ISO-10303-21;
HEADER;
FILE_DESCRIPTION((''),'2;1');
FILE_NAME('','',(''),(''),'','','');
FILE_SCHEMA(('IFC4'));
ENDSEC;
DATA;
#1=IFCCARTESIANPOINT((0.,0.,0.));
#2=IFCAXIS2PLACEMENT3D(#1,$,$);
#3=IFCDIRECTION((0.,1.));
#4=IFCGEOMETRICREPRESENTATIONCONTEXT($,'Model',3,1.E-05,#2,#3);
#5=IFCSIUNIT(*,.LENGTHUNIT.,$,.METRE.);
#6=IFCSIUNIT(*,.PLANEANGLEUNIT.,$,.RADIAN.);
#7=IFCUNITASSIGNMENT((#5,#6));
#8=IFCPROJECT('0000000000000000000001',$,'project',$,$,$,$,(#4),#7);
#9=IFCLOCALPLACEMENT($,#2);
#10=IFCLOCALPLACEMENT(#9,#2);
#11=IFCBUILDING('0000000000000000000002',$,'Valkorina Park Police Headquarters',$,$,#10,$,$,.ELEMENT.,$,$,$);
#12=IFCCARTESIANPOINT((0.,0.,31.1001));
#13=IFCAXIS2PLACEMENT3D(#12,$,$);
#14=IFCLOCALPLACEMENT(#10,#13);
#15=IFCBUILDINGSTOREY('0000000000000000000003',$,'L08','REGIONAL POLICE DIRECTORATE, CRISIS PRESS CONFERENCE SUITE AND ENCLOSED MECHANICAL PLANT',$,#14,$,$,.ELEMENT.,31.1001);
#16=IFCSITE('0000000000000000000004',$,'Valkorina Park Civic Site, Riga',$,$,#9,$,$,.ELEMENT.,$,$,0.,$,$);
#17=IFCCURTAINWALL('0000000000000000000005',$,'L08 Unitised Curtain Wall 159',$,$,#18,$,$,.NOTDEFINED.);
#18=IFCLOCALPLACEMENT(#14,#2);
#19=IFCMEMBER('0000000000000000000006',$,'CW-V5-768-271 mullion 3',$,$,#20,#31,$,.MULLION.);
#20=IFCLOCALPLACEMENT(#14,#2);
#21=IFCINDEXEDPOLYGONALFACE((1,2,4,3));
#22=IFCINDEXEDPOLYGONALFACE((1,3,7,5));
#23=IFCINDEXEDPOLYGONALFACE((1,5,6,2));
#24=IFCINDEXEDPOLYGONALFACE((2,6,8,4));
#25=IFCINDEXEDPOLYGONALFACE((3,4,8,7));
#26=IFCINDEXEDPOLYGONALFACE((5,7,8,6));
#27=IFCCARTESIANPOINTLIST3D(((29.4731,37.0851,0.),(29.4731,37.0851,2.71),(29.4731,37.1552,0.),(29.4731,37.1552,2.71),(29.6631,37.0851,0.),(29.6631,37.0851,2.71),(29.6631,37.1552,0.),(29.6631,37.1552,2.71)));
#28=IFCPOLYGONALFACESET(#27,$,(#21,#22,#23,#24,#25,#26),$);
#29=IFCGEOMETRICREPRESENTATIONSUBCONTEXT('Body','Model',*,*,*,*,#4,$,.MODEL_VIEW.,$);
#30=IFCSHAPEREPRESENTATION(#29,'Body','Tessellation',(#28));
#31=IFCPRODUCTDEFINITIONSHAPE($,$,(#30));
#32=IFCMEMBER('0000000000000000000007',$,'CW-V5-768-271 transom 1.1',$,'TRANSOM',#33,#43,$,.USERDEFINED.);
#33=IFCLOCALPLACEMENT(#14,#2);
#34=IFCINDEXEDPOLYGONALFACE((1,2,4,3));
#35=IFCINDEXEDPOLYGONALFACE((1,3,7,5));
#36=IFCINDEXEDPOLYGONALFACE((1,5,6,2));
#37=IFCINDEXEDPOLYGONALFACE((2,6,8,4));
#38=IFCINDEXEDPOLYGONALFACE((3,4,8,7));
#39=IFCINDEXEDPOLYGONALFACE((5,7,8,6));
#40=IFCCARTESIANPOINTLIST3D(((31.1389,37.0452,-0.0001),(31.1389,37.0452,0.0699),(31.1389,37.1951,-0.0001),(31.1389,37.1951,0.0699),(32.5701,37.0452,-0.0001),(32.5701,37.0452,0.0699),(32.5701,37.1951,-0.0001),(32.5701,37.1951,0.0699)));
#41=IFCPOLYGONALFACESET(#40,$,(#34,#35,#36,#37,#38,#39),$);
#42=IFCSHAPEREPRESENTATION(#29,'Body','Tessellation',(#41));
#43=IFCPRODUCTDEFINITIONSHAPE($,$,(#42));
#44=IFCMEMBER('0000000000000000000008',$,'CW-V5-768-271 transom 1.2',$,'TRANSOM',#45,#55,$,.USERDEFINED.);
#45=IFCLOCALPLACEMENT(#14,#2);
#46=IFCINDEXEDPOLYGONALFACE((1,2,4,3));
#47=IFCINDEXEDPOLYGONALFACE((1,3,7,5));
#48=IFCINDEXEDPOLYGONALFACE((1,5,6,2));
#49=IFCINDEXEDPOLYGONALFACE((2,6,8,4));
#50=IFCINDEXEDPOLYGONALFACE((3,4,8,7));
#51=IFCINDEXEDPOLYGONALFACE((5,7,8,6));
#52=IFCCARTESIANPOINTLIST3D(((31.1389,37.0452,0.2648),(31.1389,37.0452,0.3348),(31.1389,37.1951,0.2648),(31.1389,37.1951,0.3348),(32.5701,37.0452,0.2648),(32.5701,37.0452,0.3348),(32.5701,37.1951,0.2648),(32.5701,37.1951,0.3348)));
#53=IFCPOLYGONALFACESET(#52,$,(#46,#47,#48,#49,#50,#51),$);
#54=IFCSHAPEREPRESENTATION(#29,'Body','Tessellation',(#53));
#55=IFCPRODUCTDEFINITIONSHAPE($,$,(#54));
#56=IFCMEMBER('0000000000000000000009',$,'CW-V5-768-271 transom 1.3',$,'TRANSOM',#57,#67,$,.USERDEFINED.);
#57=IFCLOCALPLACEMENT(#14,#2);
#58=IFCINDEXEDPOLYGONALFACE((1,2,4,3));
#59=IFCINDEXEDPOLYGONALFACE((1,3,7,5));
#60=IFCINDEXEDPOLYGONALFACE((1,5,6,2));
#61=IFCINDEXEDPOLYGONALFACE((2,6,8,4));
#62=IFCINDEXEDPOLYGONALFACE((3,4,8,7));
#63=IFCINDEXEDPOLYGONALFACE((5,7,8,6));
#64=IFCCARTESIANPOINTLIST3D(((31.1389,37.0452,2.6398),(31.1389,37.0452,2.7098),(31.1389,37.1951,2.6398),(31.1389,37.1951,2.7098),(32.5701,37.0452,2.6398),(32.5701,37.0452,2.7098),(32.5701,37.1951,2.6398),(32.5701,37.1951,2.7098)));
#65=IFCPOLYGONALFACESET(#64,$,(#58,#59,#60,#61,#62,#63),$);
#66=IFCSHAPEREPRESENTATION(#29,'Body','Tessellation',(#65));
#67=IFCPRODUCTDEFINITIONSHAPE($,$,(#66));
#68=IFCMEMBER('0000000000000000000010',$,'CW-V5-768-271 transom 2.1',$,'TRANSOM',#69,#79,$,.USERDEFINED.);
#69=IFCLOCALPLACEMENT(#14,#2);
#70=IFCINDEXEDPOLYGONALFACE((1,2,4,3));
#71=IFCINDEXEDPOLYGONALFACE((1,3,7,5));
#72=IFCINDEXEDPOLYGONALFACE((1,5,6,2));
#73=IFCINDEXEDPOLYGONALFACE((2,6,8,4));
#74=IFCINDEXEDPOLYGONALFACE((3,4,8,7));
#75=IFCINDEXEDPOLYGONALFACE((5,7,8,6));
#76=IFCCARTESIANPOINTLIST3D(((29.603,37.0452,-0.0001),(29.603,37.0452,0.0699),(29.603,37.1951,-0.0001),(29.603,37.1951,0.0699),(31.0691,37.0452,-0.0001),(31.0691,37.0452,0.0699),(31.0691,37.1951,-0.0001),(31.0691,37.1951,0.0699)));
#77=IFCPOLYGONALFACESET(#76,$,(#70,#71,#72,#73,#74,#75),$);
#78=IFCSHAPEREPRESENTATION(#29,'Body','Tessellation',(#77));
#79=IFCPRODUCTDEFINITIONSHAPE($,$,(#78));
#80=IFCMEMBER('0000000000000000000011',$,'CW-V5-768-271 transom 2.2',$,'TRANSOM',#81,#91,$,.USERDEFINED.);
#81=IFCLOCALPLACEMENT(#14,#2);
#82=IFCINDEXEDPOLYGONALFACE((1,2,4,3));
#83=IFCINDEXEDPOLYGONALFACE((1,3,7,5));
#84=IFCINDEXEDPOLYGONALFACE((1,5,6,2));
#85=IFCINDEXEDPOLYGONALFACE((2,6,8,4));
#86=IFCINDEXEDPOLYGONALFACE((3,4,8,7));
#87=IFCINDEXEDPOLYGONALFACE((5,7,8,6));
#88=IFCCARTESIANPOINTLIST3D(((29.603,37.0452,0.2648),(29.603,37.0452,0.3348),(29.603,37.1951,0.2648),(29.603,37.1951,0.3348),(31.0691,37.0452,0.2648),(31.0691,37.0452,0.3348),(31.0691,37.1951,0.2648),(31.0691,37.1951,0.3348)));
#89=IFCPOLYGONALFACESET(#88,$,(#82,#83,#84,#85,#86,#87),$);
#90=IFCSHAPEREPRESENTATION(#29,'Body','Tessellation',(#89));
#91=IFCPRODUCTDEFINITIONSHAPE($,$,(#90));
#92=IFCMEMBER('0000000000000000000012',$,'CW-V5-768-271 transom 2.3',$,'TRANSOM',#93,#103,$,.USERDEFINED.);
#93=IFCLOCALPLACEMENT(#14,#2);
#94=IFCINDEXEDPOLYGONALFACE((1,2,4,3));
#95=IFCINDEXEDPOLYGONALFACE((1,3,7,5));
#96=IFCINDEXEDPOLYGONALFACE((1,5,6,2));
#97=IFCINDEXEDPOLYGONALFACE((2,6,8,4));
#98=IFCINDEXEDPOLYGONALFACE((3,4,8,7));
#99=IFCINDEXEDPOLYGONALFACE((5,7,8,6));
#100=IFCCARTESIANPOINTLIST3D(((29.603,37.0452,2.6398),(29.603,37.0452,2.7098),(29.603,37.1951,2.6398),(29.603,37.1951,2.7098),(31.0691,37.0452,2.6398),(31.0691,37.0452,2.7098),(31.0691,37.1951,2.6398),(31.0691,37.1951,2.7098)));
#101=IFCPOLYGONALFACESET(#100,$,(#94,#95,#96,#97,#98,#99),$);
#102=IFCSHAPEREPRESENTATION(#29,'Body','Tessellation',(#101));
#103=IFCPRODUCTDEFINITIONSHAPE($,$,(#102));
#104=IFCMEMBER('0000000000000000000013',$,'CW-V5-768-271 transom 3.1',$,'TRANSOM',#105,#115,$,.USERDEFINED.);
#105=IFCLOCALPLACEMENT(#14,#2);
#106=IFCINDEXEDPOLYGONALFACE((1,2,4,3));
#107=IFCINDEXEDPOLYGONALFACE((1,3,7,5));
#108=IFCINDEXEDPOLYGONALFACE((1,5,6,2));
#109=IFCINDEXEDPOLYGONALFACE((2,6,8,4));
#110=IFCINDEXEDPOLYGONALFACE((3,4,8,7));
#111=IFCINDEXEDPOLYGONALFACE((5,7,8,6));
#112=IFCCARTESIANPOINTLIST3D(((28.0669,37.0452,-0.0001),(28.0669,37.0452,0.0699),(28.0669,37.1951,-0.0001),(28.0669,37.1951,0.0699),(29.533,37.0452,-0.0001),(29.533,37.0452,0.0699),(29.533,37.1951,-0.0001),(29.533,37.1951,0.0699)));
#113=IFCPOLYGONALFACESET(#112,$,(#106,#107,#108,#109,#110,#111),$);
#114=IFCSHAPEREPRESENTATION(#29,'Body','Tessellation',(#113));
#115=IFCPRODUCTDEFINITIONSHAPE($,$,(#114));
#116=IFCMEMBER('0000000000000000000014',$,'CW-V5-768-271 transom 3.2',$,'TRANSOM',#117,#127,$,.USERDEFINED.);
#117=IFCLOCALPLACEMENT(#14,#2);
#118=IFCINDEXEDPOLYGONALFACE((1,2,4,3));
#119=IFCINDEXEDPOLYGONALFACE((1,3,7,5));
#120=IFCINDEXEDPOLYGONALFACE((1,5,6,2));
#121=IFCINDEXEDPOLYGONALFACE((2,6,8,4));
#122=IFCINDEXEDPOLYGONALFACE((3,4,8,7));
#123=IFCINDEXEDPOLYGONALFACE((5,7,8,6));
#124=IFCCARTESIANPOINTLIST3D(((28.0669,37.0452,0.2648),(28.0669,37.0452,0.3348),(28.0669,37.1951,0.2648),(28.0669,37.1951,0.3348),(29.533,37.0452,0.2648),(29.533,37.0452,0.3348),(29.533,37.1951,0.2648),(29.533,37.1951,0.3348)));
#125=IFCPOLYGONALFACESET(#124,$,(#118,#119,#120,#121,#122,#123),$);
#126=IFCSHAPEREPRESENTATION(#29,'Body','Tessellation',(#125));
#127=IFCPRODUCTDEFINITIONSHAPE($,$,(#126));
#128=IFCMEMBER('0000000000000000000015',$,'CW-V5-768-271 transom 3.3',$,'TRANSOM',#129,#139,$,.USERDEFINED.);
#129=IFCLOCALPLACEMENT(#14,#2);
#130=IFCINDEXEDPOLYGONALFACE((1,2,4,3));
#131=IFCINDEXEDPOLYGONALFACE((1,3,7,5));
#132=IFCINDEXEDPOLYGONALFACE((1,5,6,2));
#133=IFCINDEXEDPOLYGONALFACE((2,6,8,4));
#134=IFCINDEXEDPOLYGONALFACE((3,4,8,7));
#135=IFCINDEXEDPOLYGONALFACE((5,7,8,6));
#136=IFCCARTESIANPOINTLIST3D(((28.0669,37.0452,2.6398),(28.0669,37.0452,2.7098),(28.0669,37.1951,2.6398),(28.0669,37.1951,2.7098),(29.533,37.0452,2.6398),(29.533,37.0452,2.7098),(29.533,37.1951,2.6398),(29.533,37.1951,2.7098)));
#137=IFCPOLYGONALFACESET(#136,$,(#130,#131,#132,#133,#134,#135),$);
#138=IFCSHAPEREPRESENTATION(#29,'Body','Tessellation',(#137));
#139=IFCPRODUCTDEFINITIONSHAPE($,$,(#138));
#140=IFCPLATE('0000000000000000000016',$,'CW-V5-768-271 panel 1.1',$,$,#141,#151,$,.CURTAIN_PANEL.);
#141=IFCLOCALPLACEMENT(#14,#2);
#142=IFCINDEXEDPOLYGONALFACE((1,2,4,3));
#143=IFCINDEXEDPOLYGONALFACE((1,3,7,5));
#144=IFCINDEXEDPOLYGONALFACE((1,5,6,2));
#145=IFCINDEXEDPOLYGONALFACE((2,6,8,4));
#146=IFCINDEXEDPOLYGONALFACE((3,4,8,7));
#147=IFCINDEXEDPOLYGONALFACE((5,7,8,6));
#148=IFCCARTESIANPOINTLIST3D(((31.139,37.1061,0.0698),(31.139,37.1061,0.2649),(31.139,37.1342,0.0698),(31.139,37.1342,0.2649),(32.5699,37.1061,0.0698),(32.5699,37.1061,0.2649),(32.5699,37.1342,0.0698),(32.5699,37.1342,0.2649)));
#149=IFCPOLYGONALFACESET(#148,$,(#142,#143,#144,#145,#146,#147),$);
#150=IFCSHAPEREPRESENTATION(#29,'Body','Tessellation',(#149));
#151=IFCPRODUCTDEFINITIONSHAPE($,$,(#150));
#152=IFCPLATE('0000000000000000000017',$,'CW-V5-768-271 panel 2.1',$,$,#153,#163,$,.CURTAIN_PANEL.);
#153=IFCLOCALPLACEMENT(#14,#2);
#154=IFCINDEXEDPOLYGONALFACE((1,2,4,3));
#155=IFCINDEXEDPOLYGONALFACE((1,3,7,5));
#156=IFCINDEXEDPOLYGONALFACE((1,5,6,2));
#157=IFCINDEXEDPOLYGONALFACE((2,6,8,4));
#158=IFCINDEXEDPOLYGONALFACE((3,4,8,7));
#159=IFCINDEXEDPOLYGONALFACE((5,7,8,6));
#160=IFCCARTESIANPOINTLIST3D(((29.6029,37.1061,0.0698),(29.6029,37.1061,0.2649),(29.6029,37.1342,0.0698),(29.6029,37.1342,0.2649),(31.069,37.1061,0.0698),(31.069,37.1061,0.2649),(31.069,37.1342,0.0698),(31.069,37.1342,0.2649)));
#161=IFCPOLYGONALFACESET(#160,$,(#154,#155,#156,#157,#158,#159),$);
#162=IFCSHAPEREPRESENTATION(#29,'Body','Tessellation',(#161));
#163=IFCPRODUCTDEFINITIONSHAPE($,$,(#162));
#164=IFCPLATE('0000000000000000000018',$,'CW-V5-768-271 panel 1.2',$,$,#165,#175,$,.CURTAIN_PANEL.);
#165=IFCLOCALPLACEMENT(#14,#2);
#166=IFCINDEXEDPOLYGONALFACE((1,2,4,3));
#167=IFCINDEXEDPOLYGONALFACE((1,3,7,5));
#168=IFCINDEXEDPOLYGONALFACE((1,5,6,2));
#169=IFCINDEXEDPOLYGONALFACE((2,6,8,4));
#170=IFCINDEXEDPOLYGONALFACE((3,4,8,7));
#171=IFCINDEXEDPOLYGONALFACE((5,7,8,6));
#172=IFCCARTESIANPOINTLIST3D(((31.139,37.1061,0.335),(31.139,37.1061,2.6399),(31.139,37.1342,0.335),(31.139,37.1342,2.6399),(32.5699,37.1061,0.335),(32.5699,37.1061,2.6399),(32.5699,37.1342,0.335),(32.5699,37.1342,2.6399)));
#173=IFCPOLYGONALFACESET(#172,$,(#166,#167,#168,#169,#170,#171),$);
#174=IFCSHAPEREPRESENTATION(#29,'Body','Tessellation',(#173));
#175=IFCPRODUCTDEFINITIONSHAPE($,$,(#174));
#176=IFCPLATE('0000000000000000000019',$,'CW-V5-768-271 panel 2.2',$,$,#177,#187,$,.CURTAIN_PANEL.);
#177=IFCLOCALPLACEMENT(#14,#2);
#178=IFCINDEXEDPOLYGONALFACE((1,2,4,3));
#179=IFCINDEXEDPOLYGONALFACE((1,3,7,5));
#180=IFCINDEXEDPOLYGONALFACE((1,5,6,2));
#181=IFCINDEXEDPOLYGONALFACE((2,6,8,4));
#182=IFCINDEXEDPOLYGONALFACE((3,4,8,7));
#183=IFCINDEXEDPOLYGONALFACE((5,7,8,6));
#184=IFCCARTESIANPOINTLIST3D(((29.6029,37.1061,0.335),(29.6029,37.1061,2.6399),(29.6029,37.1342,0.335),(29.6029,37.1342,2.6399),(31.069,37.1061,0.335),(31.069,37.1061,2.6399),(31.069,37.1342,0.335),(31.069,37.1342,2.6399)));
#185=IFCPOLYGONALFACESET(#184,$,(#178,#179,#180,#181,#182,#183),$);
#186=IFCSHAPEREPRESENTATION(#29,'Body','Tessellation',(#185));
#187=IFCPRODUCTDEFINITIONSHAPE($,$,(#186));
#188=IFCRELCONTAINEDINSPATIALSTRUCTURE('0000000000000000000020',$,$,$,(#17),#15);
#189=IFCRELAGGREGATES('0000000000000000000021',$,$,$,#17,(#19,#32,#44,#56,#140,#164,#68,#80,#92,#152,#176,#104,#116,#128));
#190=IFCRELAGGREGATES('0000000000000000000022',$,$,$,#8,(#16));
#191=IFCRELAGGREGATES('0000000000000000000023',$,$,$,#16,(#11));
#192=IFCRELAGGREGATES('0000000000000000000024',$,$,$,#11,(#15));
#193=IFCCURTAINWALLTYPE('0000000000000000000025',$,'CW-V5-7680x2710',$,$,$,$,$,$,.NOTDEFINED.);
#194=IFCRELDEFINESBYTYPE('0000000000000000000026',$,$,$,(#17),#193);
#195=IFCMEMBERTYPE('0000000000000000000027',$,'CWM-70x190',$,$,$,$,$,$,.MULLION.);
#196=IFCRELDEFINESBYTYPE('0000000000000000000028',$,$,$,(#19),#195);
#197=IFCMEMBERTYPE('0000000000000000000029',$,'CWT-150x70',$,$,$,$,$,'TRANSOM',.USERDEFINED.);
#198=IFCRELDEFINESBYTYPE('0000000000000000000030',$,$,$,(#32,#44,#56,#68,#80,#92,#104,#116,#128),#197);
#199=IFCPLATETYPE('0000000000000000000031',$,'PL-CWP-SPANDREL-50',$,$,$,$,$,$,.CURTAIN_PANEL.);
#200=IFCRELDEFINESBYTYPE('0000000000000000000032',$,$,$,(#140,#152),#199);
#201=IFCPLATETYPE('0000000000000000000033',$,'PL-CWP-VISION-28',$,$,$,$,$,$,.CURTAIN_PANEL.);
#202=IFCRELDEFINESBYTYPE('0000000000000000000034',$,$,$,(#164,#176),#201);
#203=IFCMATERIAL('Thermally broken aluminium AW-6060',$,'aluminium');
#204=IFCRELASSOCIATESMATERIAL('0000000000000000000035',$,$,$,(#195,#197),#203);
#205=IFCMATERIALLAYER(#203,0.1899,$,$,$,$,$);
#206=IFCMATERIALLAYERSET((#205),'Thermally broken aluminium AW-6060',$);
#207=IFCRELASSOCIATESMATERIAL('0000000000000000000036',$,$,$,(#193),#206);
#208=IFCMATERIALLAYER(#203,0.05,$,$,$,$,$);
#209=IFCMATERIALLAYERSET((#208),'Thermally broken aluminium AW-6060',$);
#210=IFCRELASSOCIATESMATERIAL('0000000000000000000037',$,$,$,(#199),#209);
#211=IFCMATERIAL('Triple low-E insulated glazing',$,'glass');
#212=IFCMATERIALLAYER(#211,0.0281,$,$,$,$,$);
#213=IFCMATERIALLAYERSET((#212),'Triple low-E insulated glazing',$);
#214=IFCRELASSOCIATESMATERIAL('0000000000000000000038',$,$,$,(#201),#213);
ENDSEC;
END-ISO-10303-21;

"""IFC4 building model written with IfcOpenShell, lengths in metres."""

from ifc_helpers import new_model, si_unit, direction, frame, origin, origin_2d, place, context, subcontext, project, spatial, rectangle, extrude, material, layer, layer_set, material_profile, profile_set, type_object, element, aggregate, save


model = new_model("IFC4")

# Units and contexts
model_context = context("Model", 3, precision=1e-05, world=origin(), true_north=direction((0.0, 1.0)))
body_context = subcontext(model_context, "Body", "Model", "MODEL_VIEW")
ifc_project = project(units=[si_unit("LENGTHUNIT", "METRE"), si_unit("PLANEANGLEUNIT", "RADIAN")], contexts=[model_context])

# Site, building, storey
site_placement = place(None, origin())
site = spatial("IfcSite", under=ifc_project, at=site_placement, Name="Valkorina Park Civic Site, Riga", CompositionType="ELEMENT", RefElevation=0.0)
building_placement = place(site_placement, origin())
building = spatial("IfcBuilding", under=site, at=building_placement, Name="Valkorina Park Police Headquarters", CompositionType="ELEMENT")
storey_placement = place(building_placement, frame((0.0, 0.0, 31.1001)))
storey = spatial("IfcBuildingStorey", under=building, at=storey_placement, Name="L08", Description="REGIONAL POLICE DIRECTORATE, CRISIS PRESS CONFERENCE SUITE AND ENCLOSED MECHANICAL PLANT", CompositionType="ELEMENT", Elevation=31.1001)

# Shared definitions
ifc_material_1 = material(Name="Thermally broken aluminium AW-6060", Category="aluminium")
ifc_material_profile_1 = material_profile(ifc_material_1, rectangle(XDim=0.0701, YDim=0.1899, at=origin_2d()), Name="CWM-02 70x190")
ifc_profile_set_1 = profile_set([ifc_material_profile_1], Name="Thermally broken aluminium AW-6060")
member_type_1 = type_object("IfcMemberType", Name="CWM-70x190", PredefinedType="MULLION", material=ifc_profile_set_1)

# Curtain wall, members, plates
ifc_layer_1 = layer(ifc_material_1, 0.1899)
ifc_layer_set_1 = layer_set([ifc_layer_1], Name="Thermally broken aluminium AW-6060")
curtain_wall_type_1 = type_object("IfcCurtainWallType", Name="CW-V5-7680x2710", PredefinedType="NOTDEFINED", material=ifc_layer_set_1)
curtain_wall_1_placement = place(storey_placement, origin())
curtain_wall_1 = element("IfcCurtainWall", 1, at=curtain_wall_1_placement, inside=storey, type_object=curtain_wall_type_1, Name="L08 Unitised Curtain Wall 159", PredefinedType="NOTDEFINED")
member_1_placement = place(storey_placement, frame((29.5681, 37.1201, 0.0), z_axis=(0.0, 0.0, 1.0), x_axis=(0.0, -1.0, 0.0)))
member_1 = element("IfcMember", 2, at=member_1_placement, type_object=member_type_1, Name="CW-V5-768-271 mullion 3", PredefinedType="MULLION", context=body_context, shape_type="SweptSolid", body=[
    extrude(rectangle(XDim=0.0701, YDim=0.1899, at=origin_2d()), origin(), (0.0, 0.0, 1.0), 2.71),
])
ifc_material_profile_2 = material_profile(ifc_material_1, rectangle(XDim=0.1499, YDim=0.0701, at=origin_2d()), Name="CWT-02 150x70")
ifc_profile_set_2 = profile_set([ifc_material_profile_2], Name="Thermally broken aluminium AW-6060")
member_type_2 = type_object("IfcMemberType", Name="CWT-150x70", ElementType="TRANSOM", PredefinedType="USERDEFINED", material=ifc_profile_set_2)
member_2_placement = place(storey_placement, frame((32.5701, 37.1201, 0.0349), z_axis=(-1.0, 0.0, 0.0), x_axis=(0.0, -1.0, 0.0)))
member_2 = element("IfcMember", 3, at=member_2_placement, type_object=member_type_2, Name="CW-V5-768-271 transom 1.1", ObjectType="TRANSOM", PredefinedType="USERDEFINED", context=body_context, shape_type="SweptSolid", body=[
    extrude(rectangle(XDim=0.1499, YDim=0.0701, at=origin_2d()), origin(), (0.0, 0.0, 1.0), 1.4312),
])
member_3_placement = place(storey_placement, frame((32.5701, 37.1201, 0.2998), z_axis=(-1.0, 0.0, 0.0), x_axis=(0.0, -1.0, 0.0)))
member_3 = element("IfcMember", 4, at=member_3_placement, type_object=member_type_2, Name="CW-V5-768-271 transom 1.2", ObjectType="TRANSOM", PredefinedType="USERDEFINED", context=body_context, shape_type="SweptSolid", body=[
    extrude(rectangle(XDim=0.1499, YDim=0.0701, at=origin_2d()), origin(), (0.0, 0.0, 1.0), 1.4312),
])
member_4_placement = place(storey_placement, frame((32.5701, 37.1201, 2.6748), z_axis=(-1.0, 0.0, 0.0), x_axis=(0.0, -1.0, 0.0)))
member_4 = element("IfcMember", 5, at=member_4_placement, type_object=member_type_2, Name="CW-V5-768-271 transom 1.3", ObjectType="TRANSOM", PredefinedType="USERDEFINED", context=body_context, shape_type="SweptSolid", body=[
    extrude(rectangle(XDim=0.1499, YDim=0.0701, at=origin_2d()), origin(), (0.0, 0.0, 1.0), 1.4312),
])
member_5_placement = place(storey_placement, frame((31.0691, 37.1201, 0.0349), z_axis=(-1.0, 0.0, 0.0), x_axis=(0.0, -1.0, 0.0)))
member_5 = element("IfcMember", 6, at=member_5_placement, type_object=member_type_2, Name="CW-V5-768-271 transom 2.1", ObjectType="TRANSOM", PredefinedType="USERDEFINED", context=body_context, shape_type="SweptSolid", body=[
    extrude(rectangle(XDim=0.1499, YDim=0.0701, at=origin_2d()), origin(), (0.0, 0.0, 1.0), 1.4661),
])
member_6_placement = place(storey_placement, frame((31.0691, 37.1201, 0.2998), z_axis=(-1.0, 0.0, 0.0), x_axis=(0.0, -1.0, 0.0)))
member_6 = element("IfcMember", 7, at=member_6_placement, type_object=member_type_2, Name="CW-V5-768-271 transom 2.2", ObjectType="TRANSOM", PredefinedType="USERDEFINED", context=body_context, shape_type="SweptSolid", body=[
    extrude(rectangle(XDim=0.1499, YDim=0.0701, at=origin_2d()), origin(), (0.0, 0.0, 1.0), 1.4661),
])
member_7_placement = place(storey_placement, frame((31.0691, 37.1201, 2.6748), z_axis=(-1.0, 0.0, 0.0), x_axis=(0.0, -1.0, 0.0)))
member_7 = element("IfcMember", 8, at=member_7_placement, type_object=member_type_2, Name="CW-V5-768-271 transom 2.3", ObjectType="TRANSOM", PredefinedType="USERDEFINED", context=body_context, shape_type="SweptSolid", body=[
    extrude(rectangle(XDim=0.1499, YDim=0.0701, at=origin_2d()), origin(), (0.0, 0.0, 1.0), 1.4661),
])
member_8_placement = place(storey_placement, frame((29.533, 37.1201, 0.0349), z_axis=(-1.0, 0.0, 0.0), x_axis=(0.0, -1.0, 0.0)))
member_8 = element("IfcMember", 9, at=member_8_placement, type_object=member_type_2, Name="CW-V5-768-271 transom 3.1", ObjectType="TRANSOM", PredefinedType="USERDEFINED", context=body_context, shape_type="SweptSolid", body=[
    extrude(rectangle(XDim=0.1499, YDim=0.0701, at=origin_2d()), origin(), (0.0, 0.0, 1.0), 1.4661),
])
member_9_placement = place(storey_placement, frame((29.533, 37.1201, 0.2998), z_axis=(-1.0, 0.0, 0.0), x_axis=(0.0, -1.0, 0.0)))
member_9 = element("IfcMember", 10, at=member_9_placement, type_object=member_type_2, Name="CW-V5-768-271 transom 3.2", ObjectType="TRANSOM", PredefinedType="USERDEFINED", context=body_context, shape_type="SweptSolid", body=[
    extrude(rectangle(XDim=0.1499, YDim=0.0701, at=origin_2d()), origin(), (0.0, 0.0, 1.0), 1.4661),
])
member_10_placement = place(storey_placement, frame((29.533, 37.1201, 2.6748), z_axis=(-1.0, 0.0, 0.0), x_axis=(0.0, -1.0, 0.0)))
member_10 = element("IfcMember", 11, at=member_10_placement, type_object=member_type_2, Name="CW-V5-768-271 transom 3.3", ObjectType="TRANSOM", PredefinedType="USERDEFINED", context=body_context, shape_type="SweptSolid", body=[
    extrude(rectangle(XDim=0.1499, YDim=0.0701, at=origin_2d()), origin(), (0.0, 0.0, 1.0), 1.4661),
])
ifc_layer_2 = layer(ifc_material_1, 0.05)
ifc_layer_set_2 = layer_set([ifc_layer_2], Name="Thermally broken aluminium AW-6060")
plate_type_1 = type_object("IfcPlateType", Name="PL-CWP-SPANDREL-50", PredefinedType="CURTAIN_PANEL", material=ifc_layer_set_2)
plate_1_placement = place(storey_placement, frame((31.8545, 37.1201, 0.0698), z_axis=(0.0, 0.0, 1.0), x_axis=(-1.0, 0.0, 0.0)))
plate_1 = element("IfcPlate", 12, at=plate_1_placement, type_object=plate_type_1, Name="CW-V5-768-271 panel 1.1", PredefinedType="CURTAIN_PANEL", context=body_context, shape_type="SweptSolid", body=[
    extrude(rectangle(XDim=1.4309, YDim=0.0281, at=origin_2d()), origin(), (0.0, 0.0, 1.0), 0.1951),
])
plate_2_placement = place(storey_placement, frame((30.3359, 37.1201, 0.0698), z_axis=(0.0, 0.0, 1.0), x_axis=(-1.0, 0.0, 0.0)))
plate_2 = element("IfcPlate", 13, at=plate_2_placement, type_object=plate_type_1, Name="CW-V5-768-271 panel 2.1", PredefinedType="CURTAIN_PANEL", context=body_context, shape_type="SweptSolid", body=[
    extrude(rectangle(XDim=1.4661, YDim=0.0281, at=origin_2d()), origin(), (0.0, 0.0, 1.0), 0.1951),
])
ifc_material_2 = material(Name="Triple low-E insulated glazing", Category="glass")
ifc_layer_3 = layer(ifc_material_2, 0.0281)
ifc_layer_set_3 = layer_set([ifc_layer_3], Name="Triple low-E insulated glazing")
plate_type_2 = type_object("IfcPlateType", Name="PL-CWP-VISION-28", PredefinedType="CURTAIN_PANEL", material=ifc_layer_set_3)
plate_3_placement = place(storey_placement, frame((31.8545, 37.1201, 0.335), z_axis=(0.0, 0.0, 1.0), x_axis=(-1.0, 0.0, 0.0)))
plate_3 = element("IfcPlate", 14, at=plate_3_placement, type_object=plate_type_2, Name="CW-V5-768-271 panel 1.2", PredefinedType="CURTAIN_PANEL", context=body_context, shape_type="SweptSolid", body=[
    extrude(rectangle(XDim=1.4309, YDim=0.0281, at=origin_2d()), origin(), (0.0, 0.0, 1.0), 2.3049),
])
plate_4_placement = place(storey_placement, frame((30.3359, 37.1201, 0.335), z_axis=(0.0, 0.0, 1.0), x_axis=(-1.0, 0.0, 0.0)))
plate_4 = element("IfcPlate", 15, at=plate_4_placement, type_object=plate_type_2, Name="CW-V5-768-271 panel 2.2", PredefinedType="CURTAIN_PANEL", context=body_context, shape_type="SweptSolid", body=[
    extrude(rectangle(XDim=1.4661, YDim=0.0281, at=origin_2d()), origin(), (0.0, 0.0, 1.0), 2.3049),
])
aggregate(curtain_wall_1, [member_1, member_2, member_3, member_4, plate_1, plate_3, member_5, member_6, member_7, plate_2, plate_4, member_8, member_9, member_10])

save(model, "model.ifc")
